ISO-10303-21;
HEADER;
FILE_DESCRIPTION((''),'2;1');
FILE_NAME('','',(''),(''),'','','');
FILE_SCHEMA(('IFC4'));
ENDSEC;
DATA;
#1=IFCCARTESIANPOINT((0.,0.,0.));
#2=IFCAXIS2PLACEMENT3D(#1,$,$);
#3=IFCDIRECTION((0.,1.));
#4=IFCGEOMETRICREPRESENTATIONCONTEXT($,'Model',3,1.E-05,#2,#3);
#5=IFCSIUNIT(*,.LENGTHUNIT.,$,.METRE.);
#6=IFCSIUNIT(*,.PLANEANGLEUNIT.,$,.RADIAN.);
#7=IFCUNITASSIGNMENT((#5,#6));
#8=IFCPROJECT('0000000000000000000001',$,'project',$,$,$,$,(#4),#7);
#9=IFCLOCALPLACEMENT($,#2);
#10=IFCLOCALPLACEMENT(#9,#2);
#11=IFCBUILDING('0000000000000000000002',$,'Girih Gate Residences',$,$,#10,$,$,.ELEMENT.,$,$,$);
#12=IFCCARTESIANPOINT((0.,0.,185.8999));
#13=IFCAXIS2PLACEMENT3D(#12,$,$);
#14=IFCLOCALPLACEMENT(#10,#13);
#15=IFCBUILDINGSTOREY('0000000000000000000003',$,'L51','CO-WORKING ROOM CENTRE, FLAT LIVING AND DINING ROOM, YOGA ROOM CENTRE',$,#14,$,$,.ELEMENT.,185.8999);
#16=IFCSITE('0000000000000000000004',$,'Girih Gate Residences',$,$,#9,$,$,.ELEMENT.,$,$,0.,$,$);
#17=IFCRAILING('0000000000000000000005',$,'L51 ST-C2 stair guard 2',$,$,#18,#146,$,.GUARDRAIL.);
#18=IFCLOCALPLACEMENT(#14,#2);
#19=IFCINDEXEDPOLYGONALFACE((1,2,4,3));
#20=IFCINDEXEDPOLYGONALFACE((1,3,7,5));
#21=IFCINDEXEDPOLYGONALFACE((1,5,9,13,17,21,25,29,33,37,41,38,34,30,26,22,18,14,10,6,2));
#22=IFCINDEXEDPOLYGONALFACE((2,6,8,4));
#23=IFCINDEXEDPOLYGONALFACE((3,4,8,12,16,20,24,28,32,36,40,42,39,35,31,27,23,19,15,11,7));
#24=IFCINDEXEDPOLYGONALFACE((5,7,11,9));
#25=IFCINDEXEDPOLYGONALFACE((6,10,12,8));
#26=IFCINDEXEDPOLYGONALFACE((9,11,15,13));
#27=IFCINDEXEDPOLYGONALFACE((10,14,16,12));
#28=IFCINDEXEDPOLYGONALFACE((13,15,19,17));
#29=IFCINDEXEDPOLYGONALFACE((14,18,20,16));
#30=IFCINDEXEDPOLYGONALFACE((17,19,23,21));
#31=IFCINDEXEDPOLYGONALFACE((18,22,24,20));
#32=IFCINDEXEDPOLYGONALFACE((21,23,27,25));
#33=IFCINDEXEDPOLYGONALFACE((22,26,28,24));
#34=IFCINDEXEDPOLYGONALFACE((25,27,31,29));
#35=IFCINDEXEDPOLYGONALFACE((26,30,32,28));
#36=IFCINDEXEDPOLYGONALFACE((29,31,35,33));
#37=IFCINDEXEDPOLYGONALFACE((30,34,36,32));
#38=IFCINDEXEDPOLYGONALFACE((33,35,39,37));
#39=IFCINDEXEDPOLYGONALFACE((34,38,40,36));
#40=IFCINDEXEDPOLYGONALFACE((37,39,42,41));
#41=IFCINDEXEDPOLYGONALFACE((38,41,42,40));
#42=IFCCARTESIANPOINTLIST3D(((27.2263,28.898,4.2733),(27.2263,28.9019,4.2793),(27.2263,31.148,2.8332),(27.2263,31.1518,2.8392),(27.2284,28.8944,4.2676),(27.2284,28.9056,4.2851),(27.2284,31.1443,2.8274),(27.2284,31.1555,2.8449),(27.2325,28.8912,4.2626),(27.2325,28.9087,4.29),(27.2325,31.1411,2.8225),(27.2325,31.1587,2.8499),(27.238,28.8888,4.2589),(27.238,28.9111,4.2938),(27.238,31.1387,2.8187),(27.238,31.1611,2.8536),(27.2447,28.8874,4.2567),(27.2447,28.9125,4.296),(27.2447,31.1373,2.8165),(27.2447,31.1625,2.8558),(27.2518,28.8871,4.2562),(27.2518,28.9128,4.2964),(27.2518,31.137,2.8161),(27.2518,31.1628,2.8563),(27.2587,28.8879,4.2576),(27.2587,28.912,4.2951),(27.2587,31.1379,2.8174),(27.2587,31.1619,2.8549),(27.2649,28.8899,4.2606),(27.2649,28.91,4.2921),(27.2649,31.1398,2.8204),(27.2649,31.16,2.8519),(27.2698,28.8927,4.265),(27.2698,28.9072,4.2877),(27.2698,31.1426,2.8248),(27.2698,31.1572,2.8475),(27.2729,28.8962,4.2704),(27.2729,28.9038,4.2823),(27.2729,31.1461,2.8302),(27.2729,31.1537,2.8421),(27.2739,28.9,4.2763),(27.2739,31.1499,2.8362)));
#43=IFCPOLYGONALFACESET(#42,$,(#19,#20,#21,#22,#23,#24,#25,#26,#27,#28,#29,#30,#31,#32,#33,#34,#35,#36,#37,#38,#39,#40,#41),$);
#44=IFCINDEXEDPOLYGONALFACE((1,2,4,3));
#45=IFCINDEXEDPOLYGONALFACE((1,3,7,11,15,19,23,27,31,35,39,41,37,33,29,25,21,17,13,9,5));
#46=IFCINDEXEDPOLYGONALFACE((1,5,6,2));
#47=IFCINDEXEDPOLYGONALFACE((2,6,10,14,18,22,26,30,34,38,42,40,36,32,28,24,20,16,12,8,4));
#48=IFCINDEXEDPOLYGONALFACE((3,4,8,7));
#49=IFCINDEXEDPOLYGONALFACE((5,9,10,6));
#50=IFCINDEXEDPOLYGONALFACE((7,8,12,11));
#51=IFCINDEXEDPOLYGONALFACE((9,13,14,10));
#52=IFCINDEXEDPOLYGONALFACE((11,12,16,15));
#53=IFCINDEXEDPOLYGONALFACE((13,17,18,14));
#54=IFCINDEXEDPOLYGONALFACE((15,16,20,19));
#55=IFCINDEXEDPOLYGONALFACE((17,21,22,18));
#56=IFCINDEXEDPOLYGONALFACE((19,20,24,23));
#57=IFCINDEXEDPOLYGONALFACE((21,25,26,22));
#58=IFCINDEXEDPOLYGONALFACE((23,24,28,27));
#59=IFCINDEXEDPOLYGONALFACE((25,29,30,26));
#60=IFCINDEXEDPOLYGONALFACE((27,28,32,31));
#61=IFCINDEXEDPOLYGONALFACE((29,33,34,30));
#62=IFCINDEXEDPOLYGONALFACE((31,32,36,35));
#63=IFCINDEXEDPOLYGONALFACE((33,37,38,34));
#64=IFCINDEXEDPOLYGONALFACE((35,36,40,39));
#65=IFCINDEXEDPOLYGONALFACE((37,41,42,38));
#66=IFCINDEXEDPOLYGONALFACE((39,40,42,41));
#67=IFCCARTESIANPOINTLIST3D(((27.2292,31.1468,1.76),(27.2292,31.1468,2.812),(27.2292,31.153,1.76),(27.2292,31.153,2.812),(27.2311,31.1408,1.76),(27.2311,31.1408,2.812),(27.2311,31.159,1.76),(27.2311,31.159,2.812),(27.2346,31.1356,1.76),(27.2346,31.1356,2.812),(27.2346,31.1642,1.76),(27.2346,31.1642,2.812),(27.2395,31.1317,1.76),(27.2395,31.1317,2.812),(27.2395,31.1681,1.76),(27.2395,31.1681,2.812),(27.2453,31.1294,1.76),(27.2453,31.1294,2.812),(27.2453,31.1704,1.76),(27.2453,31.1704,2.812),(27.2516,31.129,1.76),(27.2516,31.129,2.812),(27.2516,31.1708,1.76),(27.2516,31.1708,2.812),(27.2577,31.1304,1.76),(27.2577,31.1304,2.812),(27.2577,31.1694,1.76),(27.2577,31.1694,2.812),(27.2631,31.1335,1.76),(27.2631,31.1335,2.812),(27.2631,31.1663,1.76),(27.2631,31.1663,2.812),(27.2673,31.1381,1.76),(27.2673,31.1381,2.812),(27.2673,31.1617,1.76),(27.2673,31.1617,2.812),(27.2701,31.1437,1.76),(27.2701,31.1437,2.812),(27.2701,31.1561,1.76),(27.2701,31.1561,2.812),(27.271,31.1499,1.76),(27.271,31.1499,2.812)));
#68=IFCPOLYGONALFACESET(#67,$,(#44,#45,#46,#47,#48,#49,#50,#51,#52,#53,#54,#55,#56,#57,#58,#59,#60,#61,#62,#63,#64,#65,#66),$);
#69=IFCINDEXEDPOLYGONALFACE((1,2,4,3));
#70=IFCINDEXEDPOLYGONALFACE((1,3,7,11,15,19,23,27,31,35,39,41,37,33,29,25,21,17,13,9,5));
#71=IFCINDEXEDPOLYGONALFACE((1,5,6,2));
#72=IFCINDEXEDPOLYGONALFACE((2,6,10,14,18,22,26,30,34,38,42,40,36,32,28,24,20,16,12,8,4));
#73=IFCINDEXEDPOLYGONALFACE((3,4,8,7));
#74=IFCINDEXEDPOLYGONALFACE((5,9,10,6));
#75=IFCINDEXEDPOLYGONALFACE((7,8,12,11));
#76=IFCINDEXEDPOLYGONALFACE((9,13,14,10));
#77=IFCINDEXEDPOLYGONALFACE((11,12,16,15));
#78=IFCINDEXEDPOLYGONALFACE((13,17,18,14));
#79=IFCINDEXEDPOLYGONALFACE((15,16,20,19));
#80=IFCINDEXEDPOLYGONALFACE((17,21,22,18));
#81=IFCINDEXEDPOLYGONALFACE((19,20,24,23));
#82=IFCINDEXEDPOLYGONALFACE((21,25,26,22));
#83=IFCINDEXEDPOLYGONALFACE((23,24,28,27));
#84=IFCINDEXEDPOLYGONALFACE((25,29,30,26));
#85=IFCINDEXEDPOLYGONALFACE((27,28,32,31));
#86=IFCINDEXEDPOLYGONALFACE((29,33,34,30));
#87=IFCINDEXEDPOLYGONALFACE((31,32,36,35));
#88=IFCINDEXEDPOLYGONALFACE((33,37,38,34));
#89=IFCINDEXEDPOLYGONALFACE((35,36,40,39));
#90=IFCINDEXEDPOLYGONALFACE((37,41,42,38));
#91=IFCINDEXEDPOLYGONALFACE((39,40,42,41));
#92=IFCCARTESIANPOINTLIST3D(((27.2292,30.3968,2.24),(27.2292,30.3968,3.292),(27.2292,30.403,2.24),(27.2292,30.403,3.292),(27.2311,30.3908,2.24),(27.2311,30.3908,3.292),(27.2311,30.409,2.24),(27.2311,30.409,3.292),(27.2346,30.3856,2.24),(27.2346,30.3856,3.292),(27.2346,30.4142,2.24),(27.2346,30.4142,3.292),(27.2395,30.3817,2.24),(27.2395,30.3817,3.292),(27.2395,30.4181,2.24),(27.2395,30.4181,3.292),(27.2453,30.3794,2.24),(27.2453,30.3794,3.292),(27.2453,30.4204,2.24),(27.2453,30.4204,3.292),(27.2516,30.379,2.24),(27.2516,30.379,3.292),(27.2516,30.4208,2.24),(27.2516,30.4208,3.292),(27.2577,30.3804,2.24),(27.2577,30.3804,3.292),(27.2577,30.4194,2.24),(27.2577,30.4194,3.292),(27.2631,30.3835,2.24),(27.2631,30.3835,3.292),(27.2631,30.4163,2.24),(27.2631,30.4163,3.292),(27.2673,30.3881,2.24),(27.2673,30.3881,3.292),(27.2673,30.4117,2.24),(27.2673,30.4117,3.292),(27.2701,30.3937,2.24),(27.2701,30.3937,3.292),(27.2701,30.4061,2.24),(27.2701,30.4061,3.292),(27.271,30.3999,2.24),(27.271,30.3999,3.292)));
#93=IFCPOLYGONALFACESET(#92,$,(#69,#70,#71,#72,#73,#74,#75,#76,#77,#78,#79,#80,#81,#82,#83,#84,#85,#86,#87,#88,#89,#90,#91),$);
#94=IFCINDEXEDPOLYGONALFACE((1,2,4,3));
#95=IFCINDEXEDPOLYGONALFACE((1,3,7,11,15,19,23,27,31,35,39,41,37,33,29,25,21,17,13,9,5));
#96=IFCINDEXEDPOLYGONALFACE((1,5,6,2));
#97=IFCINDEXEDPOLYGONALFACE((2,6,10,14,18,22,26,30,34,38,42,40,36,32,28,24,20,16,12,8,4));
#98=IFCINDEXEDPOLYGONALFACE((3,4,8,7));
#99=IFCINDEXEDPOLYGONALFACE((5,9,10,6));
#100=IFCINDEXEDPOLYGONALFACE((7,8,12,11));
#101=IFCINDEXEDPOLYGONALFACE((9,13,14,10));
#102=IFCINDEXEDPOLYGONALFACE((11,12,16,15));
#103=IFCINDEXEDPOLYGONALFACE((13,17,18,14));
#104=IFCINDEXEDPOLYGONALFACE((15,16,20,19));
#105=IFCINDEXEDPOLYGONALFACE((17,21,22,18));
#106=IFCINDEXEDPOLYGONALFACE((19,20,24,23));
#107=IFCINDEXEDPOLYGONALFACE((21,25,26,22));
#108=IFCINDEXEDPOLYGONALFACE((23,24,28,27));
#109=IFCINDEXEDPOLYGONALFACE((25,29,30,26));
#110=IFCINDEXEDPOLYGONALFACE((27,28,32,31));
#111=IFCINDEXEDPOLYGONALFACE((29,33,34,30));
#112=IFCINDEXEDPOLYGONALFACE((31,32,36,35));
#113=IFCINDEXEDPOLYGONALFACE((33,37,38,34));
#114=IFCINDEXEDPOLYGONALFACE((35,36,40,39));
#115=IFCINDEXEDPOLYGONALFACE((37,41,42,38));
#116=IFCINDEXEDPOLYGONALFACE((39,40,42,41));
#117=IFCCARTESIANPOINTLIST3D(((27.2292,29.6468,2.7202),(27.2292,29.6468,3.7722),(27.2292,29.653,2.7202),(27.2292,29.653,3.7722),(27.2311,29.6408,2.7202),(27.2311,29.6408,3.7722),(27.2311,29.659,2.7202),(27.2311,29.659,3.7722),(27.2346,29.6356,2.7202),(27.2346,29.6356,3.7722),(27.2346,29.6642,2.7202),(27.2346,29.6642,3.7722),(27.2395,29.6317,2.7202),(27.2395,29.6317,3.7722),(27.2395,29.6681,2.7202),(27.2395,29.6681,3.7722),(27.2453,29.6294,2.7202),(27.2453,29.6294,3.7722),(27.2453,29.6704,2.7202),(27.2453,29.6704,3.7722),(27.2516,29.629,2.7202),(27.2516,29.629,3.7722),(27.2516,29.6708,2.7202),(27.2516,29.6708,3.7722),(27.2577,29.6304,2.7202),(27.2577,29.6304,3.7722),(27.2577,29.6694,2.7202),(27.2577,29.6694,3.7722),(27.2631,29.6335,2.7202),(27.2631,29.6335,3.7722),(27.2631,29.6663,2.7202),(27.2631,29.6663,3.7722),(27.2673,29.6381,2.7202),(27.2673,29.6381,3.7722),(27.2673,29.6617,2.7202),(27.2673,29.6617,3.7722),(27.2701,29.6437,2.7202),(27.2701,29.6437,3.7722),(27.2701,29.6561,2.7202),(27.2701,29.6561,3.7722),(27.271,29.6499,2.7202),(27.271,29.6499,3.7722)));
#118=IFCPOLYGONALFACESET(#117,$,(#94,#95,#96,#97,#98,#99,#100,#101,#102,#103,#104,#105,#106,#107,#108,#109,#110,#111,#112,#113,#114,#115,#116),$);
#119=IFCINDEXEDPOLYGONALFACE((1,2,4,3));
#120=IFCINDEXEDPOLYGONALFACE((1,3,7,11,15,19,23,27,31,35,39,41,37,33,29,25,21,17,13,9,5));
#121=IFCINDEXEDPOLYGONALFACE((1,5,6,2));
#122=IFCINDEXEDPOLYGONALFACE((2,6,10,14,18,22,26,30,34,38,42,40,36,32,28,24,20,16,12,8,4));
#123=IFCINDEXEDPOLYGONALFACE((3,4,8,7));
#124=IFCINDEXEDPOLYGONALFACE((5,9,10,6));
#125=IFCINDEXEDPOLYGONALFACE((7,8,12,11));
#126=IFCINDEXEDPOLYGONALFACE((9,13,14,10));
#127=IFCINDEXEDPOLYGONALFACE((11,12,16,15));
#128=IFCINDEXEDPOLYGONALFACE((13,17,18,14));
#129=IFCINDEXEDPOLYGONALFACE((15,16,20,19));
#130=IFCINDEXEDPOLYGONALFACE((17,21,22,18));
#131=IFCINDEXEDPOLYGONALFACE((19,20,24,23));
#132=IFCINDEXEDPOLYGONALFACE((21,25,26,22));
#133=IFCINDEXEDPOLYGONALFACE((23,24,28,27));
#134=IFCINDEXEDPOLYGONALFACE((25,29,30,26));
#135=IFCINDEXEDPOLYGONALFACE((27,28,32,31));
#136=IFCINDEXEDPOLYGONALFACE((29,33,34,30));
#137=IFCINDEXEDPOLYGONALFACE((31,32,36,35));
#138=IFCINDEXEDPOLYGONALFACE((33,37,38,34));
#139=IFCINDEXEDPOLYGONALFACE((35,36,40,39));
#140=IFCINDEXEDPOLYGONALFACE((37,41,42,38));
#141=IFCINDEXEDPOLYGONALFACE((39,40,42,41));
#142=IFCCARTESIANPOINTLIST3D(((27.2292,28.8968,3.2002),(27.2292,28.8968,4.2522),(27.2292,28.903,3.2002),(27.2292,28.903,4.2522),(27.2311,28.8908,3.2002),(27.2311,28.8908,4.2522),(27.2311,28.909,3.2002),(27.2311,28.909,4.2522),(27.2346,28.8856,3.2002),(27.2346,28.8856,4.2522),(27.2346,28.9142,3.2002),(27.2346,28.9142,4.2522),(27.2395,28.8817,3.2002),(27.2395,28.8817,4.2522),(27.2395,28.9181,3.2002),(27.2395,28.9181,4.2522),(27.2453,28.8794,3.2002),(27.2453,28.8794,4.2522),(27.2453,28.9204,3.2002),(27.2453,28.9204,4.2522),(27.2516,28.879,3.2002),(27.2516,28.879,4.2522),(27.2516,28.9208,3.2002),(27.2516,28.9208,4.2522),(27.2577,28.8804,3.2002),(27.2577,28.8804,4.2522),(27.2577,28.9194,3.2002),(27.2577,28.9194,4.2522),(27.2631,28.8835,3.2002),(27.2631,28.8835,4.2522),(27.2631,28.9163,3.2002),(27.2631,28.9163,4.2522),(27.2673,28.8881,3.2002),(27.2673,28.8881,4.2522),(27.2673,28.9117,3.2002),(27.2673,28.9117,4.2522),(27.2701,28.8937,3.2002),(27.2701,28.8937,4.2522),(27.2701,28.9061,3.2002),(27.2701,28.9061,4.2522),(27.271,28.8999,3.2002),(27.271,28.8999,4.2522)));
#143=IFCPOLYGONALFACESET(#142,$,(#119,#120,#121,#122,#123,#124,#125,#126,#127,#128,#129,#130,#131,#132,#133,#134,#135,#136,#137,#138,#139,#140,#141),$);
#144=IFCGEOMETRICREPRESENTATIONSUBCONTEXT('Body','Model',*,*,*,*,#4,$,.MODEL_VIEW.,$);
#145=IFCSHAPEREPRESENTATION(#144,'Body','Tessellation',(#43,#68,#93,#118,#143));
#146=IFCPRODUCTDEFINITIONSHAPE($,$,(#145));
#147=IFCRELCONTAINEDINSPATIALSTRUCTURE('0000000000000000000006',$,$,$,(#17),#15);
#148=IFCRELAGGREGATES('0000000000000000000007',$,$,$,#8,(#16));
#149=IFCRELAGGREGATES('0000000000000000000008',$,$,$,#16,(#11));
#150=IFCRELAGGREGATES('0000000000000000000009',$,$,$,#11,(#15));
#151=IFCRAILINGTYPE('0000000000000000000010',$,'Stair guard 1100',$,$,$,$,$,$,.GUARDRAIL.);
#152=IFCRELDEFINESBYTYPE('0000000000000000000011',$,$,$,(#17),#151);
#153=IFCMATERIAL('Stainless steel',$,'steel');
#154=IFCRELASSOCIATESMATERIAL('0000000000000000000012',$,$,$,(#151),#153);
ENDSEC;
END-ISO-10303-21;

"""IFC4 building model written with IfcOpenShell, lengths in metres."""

from ifc_helpers import new_model, si_unit, direction, frame, origin, origin_2d, place, context, subcontext, project, spatial, circle, extrude, material, type_object, element, save


model = new_model("IFC4")

# Units and contexts
model_context = context("Model", 3, precision=1e-05, world=origin(), true_north=direction((0.0, 1.0)))
body_context = subcontext(model_context, "Body", "Model", "MODEL_VIEW")
ifc_project = project(units=[si_unit("LENGTHUNIT", "METRE"), si_unit("PLANEANGLEUNIT", "RADIAN")], contexts=[model_context])

# Site, building, storey
site_placement = place(None, origin())
site = spatial("IfcSite", under=ifc_project, at=site_placement, Name="Girih Gate Residences", CompositionType="ELEMENT", RefElevation=0.0)
building_placement = place(site_placement, origin())
building = spatial("IfcBuilding", under=site, at=building_placement, Name="Girih Gate Residences", CompositionType="ELEMENT")
storey_placement = place(building_placement, frame((0.0, 0.0, 185.8999)))
storey = spatial("IfcBuildingStorey", under=building, at=storey_placement, Name="L51", Description="CO-WORKING ROOM CENTRE, FLAT LIVING AND DINING ROOM, YOGA ROOM CENTRE", CompositionType="ELEMENT", Elevation=185.8999)

# Railing
ifc_material_1 = material(Name="Stainless steel", Category="steel")
railing_type_1 = type_object("IfcRailingType", Name="Stair guard 1100", PredefinedType="GUARDRAIL", material=ifc_material_1)
railing_1_placement = place(storey_placement, frame((27.25, 31.1499, 1.76)))
element("IfcRailing", 1, at=railing_1_placement, inside=storey, type_object=railing_type_1, Name="L51 ST-C2 stair guard 2", PredefinedType="GUARDRAIL", context=body_context, shape_type="SweptSolid", body=[
    extrude(circle(Radius=0.0239, at=origin_2d()), frame((0.0, 0.0, 1.0762), z_axis=(0.0, -0.84224, 0.539103), x_axis=(1.0, 0.0, 0.0)), (0.0, 0.0, 1.0), 2.6714),
    extrude(circle(Radius=0.021, at=origin_2d()), origin(), (0.0, 0.0, 1.0), 1.052),
    extrude(circle(Radius=0.021, at=origin_2d()), frame((0.0, -0.75, 0.48)), (0.0, 0.0, 1.0), 1.052),
    extrude(circle(Radius=0.021, at=origin_2d()), frame((0.0, -1.5, 0.9602)), (0.0, 0.0, 1.0), 1.052),
    extrude(circle(Radius=0.021, at=origin_2d()), frame((0.0, -2.25, 1.4402)), (0.0, 0.0, 1.0), 1.052),
])

save(model, "model.ifc")
